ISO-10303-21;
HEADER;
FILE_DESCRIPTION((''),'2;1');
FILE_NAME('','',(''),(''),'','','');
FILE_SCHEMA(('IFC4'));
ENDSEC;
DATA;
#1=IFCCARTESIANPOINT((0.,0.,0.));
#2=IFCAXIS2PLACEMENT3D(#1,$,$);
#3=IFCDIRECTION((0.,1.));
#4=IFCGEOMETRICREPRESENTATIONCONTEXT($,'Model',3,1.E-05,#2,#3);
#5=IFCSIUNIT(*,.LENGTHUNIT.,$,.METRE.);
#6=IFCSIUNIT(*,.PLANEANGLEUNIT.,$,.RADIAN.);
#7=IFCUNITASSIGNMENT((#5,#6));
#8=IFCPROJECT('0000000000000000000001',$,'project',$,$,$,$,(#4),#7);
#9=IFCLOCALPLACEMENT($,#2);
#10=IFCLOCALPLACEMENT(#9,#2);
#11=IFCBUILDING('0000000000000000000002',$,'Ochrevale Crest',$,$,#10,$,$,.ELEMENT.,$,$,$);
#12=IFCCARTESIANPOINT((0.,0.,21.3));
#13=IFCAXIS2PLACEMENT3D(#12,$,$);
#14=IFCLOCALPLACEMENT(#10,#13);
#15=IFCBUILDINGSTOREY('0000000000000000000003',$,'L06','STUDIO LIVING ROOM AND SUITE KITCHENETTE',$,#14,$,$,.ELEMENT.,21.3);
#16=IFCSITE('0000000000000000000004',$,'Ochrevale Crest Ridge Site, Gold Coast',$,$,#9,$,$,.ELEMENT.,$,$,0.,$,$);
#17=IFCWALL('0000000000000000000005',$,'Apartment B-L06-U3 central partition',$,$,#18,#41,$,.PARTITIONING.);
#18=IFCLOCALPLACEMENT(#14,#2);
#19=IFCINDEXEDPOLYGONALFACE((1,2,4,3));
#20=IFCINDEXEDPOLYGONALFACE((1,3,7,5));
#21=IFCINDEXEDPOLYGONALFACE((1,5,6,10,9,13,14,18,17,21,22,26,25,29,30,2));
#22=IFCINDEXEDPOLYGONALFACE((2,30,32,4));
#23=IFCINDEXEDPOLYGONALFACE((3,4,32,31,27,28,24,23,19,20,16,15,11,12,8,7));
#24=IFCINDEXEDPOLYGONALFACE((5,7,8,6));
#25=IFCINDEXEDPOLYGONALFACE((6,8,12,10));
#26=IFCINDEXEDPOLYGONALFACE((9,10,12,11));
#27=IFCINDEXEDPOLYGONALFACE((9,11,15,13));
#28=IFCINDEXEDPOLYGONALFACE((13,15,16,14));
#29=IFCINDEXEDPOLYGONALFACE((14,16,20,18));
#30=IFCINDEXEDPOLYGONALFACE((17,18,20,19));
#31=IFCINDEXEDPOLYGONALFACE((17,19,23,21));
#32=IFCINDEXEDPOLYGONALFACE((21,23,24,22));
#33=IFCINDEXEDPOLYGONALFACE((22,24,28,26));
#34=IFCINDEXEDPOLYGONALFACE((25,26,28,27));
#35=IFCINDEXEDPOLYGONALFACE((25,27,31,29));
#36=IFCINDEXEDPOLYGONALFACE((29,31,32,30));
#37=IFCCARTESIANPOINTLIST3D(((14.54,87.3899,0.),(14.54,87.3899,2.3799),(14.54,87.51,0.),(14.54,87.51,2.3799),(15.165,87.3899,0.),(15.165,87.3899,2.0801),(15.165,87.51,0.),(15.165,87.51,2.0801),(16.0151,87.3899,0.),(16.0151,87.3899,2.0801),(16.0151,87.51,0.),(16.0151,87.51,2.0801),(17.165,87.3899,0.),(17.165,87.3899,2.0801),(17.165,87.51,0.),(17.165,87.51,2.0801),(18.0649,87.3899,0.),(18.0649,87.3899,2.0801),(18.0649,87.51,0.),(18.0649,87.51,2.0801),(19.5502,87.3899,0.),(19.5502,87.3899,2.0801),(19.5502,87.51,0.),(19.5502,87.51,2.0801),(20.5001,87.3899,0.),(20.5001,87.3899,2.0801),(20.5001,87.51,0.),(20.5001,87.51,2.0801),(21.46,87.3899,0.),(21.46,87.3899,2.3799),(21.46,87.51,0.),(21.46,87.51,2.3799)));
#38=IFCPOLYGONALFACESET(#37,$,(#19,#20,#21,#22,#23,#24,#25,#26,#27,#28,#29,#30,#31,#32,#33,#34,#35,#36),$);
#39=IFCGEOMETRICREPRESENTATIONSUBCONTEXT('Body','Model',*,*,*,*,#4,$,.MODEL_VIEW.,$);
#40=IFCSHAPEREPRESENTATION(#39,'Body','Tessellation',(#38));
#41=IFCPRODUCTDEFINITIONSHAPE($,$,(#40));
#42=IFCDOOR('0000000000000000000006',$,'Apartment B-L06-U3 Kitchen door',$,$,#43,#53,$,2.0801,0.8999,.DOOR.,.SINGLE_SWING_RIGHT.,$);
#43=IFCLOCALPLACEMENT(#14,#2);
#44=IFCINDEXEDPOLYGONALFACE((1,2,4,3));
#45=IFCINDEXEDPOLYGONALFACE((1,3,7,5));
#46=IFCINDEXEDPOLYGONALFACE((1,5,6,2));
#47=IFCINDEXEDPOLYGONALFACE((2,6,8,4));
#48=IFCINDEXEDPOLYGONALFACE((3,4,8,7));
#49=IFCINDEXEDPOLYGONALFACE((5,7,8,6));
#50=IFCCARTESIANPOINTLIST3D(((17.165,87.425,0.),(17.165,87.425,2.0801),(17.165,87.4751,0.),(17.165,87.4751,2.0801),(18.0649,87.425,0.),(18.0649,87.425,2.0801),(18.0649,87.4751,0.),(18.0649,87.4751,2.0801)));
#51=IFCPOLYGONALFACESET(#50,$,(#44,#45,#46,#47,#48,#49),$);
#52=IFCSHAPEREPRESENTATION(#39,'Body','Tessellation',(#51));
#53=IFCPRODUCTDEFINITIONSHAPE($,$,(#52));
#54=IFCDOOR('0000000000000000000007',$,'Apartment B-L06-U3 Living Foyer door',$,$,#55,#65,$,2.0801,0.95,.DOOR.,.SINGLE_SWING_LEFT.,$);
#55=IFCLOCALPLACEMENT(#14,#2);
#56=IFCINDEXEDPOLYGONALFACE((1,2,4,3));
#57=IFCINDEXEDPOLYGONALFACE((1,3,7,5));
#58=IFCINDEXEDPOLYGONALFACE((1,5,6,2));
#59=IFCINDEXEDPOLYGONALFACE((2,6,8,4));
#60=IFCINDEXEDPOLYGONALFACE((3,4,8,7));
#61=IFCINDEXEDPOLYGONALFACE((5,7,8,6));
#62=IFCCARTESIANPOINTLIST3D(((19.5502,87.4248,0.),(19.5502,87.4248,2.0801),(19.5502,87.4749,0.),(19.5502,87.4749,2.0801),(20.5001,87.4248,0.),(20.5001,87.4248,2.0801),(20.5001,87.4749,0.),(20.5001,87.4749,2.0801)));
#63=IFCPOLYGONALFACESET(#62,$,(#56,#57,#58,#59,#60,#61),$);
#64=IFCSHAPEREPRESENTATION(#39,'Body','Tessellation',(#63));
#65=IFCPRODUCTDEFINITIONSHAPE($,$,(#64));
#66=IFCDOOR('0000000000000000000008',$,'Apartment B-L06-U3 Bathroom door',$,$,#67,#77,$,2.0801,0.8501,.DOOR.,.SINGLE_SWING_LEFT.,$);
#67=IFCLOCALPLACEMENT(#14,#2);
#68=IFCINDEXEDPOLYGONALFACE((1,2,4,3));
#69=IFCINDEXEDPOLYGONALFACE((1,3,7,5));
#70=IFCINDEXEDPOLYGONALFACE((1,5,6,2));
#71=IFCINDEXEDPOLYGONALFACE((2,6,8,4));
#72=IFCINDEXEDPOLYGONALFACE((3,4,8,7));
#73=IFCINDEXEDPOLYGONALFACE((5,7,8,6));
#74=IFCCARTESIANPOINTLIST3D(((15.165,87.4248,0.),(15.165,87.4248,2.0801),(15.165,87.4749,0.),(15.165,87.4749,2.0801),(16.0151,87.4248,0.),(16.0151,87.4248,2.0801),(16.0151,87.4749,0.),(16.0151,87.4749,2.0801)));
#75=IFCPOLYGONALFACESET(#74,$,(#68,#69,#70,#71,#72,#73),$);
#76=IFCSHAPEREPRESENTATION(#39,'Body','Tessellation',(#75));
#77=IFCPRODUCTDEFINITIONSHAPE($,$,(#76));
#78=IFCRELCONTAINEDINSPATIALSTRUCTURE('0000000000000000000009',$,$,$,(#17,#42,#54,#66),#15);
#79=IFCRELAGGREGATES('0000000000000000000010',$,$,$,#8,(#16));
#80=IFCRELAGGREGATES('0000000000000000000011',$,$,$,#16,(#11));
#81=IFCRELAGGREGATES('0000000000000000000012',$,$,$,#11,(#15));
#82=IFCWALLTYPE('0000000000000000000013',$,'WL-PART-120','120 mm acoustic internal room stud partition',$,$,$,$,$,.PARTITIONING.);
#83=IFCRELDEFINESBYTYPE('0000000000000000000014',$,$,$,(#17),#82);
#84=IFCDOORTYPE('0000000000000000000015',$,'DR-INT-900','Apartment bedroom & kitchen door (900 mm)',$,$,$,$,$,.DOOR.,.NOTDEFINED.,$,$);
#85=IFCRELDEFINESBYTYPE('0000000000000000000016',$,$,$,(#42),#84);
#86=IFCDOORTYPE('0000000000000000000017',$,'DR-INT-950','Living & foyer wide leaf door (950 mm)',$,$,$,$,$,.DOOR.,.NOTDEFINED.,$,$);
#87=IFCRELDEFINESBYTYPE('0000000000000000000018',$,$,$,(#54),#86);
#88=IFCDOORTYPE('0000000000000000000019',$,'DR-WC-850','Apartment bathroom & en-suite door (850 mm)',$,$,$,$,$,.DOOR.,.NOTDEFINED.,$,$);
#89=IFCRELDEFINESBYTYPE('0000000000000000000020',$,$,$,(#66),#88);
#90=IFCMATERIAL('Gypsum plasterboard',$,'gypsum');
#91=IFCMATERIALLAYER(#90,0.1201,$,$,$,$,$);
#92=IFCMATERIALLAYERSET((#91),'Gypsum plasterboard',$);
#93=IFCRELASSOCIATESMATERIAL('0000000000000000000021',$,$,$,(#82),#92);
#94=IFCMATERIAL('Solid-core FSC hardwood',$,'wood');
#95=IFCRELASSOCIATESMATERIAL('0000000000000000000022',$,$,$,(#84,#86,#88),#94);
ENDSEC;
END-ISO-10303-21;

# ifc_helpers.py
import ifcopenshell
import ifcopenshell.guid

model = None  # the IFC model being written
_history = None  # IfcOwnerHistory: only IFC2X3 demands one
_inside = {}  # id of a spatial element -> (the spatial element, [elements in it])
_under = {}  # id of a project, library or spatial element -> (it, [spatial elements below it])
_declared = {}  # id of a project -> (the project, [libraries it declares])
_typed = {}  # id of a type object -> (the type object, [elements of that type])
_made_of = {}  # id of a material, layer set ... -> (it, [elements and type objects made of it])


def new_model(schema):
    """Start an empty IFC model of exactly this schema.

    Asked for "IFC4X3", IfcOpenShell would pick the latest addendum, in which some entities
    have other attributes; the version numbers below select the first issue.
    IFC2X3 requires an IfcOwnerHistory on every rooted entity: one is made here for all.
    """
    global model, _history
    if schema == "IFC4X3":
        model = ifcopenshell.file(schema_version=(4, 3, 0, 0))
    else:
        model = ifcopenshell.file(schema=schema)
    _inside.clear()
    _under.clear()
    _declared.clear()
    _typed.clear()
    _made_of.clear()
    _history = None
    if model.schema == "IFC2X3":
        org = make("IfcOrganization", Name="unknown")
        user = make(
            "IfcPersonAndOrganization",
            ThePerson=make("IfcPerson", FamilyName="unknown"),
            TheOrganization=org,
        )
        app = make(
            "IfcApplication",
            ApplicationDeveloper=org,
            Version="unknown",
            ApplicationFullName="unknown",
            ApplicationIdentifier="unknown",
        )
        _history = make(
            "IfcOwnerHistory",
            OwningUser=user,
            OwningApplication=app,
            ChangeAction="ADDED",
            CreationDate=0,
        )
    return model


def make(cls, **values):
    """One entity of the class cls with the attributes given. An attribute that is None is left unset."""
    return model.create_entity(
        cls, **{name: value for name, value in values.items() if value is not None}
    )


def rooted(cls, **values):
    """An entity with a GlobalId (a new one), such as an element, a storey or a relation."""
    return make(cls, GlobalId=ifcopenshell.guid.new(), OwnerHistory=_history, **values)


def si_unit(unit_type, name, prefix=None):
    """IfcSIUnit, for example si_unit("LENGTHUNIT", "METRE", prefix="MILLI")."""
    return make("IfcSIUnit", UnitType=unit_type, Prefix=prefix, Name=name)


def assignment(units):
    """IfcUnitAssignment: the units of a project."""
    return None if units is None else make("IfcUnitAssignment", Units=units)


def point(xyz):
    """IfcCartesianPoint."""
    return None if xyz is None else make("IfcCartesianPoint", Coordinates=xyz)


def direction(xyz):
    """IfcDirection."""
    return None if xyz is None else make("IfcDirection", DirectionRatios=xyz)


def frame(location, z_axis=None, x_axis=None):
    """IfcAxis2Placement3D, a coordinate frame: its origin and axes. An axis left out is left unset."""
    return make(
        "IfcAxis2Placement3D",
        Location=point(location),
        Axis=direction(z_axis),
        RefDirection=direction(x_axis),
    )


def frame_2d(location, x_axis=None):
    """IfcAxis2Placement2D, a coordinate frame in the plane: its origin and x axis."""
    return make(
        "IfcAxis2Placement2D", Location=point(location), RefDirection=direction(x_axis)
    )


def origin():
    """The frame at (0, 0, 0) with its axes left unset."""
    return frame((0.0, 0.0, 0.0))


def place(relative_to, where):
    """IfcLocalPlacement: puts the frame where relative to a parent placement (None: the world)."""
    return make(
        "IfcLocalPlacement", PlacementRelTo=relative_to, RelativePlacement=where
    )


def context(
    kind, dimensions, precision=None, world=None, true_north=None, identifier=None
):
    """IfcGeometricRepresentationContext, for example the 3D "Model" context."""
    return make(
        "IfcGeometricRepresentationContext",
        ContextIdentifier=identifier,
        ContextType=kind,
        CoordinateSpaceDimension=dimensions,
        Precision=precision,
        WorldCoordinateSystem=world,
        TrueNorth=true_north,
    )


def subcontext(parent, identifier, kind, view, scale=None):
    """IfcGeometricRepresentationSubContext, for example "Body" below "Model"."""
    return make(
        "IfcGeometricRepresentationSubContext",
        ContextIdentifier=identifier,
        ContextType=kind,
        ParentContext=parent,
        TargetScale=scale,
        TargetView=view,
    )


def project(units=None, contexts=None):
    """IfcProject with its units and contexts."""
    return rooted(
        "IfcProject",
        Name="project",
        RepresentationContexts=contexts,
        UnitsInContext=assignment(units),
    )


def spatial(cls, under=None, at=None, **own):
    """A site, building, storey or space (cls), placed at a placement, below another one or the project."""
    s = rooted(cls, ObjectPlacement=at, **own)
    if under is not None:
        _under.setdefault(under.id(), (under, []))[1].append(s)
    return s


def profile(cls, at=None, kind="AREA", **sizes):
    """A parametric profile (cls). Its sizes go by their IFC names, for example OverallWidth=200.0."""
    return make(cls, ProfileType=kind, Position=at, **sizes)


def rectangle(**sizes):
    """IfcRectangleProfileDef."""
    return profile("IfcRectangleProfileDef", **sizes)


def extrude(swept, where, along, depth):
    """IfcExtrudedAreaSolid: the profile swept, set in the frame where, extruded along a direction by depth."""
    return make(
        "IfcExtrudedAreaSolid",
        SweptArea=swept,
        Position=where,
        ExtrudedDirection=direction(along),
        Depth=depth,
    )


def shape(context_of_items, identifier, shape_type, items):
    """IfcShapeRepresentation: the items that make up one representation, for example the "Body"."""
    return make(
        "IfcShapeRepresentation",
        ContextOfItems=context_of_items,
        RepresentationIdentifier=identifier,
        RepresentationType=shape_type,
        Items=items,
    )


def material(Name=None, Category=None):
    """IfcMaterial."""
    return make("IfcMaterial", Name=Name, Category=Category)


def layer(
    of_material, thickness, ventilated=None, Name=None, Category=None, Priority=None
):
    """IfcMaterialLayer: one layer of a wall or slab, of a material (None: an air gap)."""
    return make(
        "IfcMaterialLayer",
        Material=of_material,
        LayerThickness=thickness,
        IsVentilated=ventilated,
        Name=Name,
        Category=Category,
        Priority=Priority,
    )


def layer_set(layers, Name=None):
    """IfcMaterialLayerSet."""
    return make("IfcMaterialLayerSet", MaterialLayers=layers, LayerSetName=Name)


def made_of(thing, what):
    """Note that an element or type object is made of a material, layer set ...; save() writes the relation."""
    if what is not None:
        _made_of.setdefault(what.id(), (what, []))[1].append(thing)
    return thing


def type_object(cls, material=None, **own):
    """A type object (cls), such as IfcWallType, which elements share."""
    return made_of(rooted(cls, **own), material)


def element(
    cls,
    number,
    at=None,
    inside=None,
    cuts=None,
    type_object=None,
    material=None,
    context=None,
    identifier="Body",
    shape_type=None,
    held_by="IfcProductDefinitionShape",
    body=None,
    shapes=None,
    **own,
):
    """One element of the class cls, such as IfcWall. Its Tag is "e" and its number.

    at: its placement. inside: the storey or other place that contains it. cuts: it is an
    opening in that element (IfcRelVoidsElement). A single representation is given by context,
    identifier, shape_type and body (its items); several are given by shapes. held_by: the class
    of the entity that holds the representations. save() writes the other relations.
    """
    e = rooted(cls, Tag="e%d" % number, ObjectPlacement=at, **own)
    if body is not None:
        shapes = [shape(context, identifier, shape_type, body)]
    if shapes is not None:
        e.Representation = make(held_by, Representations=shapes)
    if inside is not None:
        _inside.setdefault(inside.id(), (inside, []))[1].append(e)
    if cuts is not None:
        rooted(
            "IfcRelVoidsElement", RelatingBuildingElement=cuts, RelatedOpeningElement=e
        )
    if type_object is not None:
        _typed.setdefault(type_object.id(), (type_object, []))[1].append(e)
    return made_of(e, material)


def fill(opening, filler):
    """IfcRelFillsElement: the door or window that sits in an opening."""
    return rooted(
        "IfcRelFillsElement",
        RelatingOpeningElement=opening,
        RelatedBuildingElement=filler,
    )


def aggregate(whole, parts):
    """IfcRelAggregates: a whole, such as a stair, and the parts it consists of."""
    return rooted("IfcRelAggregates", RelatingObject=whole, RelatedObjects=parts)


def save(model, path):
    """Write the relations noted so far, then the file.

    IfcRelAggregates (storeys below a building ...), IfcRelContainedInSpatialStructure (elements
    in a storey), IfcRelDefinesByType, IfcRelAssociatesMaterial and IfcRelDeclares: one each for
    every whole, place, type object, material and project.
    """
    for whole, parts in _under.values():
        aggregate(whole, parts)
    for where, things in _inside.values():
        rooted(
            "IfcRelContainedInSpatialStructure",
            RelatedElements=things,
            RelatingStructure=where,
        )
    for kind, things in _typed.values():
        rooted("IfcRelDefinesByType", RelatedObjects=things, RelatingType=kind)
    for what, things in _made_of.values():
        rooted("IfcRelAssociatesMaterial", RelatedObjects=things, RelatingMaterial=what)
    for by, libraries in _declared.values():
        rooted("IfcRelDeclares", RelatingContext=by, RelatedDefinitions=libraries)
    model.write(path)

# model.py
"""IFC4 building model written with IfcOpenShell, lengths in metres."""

from ifc_helpers import new_model, si_unit, direction, frame, frame_2d, origin, place, context, subcontext, project, spatial, rectangle, extrude, material, layer, layer_set, type_object, element, fill, save


model = new_model("IFC4")

# Units and contexts
model_context = context("Model", 3, precision=1e-05, world=origin(), true_north=direction((0.0, 1.0)))
body_context = subcontext(model_context, "Body", "Model", "MODEL_VIEW")
ifc_project = project(units=[si_unit("LENGTHUNIT", "METRE"), si_unit("PLANEANGLEUNIT", "RADIAN")], contexts=[model_context])

# Site, building, storey
site_placement = place(None, origin())
site = spatial("IfcSite", under=ifc_project, at=site_placement, Name="Ochrevale Crest Ridge Site, Gold Coast", CompositionType="ELEMENT", RefElevation=0.0)
building_placement = place(site_placement, origin())
building = spatial("IfcBuilding", under=site, at=building_placement, Name="Ochrevale Crest", CompositionType="ELEMENT")
storey_placement = place(building_placement, frame((0.0, 0.0, 21.3)))
storey = spatial("IfcBuildingStorey", under=building, at=storey_placement, Name="L06", Description="STUDIO LIVING ROOM AND SUITE KITCHENETTE", CompositionType="ELEMENT", Elevation=21.3)

# Shared definitions
ifc_material_1 = material(Name="Gypsum plasterboard", Category="gypsum")
ifc_layer_1 = layer(ifc_material_1, 0.1201)
ifc_layer_set_1 = layer_set([ifc_layer_1], Name="Gypsum plasterboard")
wall_type_1 = type_object("IfcWallType", Name="WL-PART-120", Description="120 mm acoustic internal room stud partition", PredefinedType="PARTITIONING", material=ifc_layer_set_1)
ifc_material_2 = material(Name="Solid-core FSC hardwood", Category="wood")
door_type_1 = type_object("IfcDoorType", Name="DR-INT-900", Description="Apartment bedroom & kitchen door (900 mm)", OperationType="NOTDEFINED", PredefinedType="DOOR", material=ifc_material_2)
door_type_2 = type_object("IfcDoorType", Name="DR-INT-950", Description="Living & foyer wide leaf door (950 mm)", OperationType="NOTDEFINED", PredefinedType="DOOR", material=ifc_material_2)
door_type_3 = type_object("IfcDoorType", Name="DR-WC-850", Description="Apartment bathroom & en-suite door (850 mm)", OperationType="NOTDEFINED", PredefinedType="DOOR", material=ifc_material_2)

# Wall, openings, doors
wall_1_placement = place(storey_placement, frame((14.54, 87.45, 0.0), z_axis=(0.0, 0.0, 1.0), x_axis=(1.0, 0.0, 0.0)))
wall_1 = element("IfcWall", 1, at=wall_1_placement, inside=storey, type_object=wall_type_1, Name="Apartment B-L06-U3 central partition", PredefinedType="PARTITIONING", context=body_context, shape_type="SweptSolid", body=[
    extrude(rectangle(XDim=6.9199, YDim=0.1201, at=frame_2d((3.46, 0.0))), origin(), (0.0, 0.0, 1.0), 2.3799),
])
opening_1_placement = place(wall_1_placement, frame((0.625, 0.0, 0.0)))
opening_1 = element("IfcOpeningElement", 2, at=opening_1_placement, cuts=wall_1, PredefinedType="OPENING", context=body_context, shape_type="SweptSolid", body=[
    extrude(rectangle(XDim=0.8501, YDim=2.0801, at=frame_2d((0.425, 1.04))), frame((0.0, 0.0701, 0.0), z_axis=(0.0, -1.0, 0.0), x_axis=(1.0, 0.0, 0.0)), (0.0, 0.0, 1.0), 0.1401),
])
opening_2_placement = place(wall_1_placement, frame((3.5249, 0.0, 0.0), z_axis=(0.0, 0.0, 1.0), x_axis=(-1.0, 0.0, 0.0)))
opening_2 = element("IfcOpeningElement", 3, at=opening_2_placement, cuts=wall_1, PredefinedType="OPENING", context=body_context, shape_type="SweptSolid", body=[
    extrude(rectangle(XDim=0.8999, YDim=2.0801, at=frame_2d((0.45, 1.04))), frame((0.0, 0.0701, 0.0), z_axis=(0.0, -1.0, 0.0), x_axis=(1.0, 0.0, 0.0)), (0.0, 0.0, 1.0), 0.1401),
])
opening_3_placement = place(wall_1_placement, frame((5.01, 0.0, 0.0)))
opening_3 = element("IfcOpeningElement", 4, at=opening_3_placement, cuts=wall_1, PredefinedType="OPENING", context=body_context, shape_type="SweptSolid", body=[
    extrude(rectangle(XDim=0.95, YDim=2.0801, at=frame_2d((0.4751, 1.04))), frame((0.0, 0.0701, 0.0), z_axis=(0.0, -1.0, 0.0), x_axis=(1.0, 0.0, 0.0)), (0.0, 0.0, 1.0), 0.1401),
])
door_1_placement = place(opening_2_placement, origin())
door_1 = element("IfcDoor", 5, at=door_1_placement, inside=storey, type_object=door_type_1, Name="Apartment B-L06-U3 Kitchen door", OperationType="SINGLE_SWING_RIGHT", OverallHeight=2.0801, OverallWidth=0.8999, PredefinedType="DOOR", context=body_context, shape_type="SweptSolid", body=[
    extrude(rectangle(XDim=0.8999, YDim=2.0801, at=frame_2d((0.45, 1.04))), frame((0.0, 0.0249, 0.0), z_axis=(0.0, -1.0, 0.0), x_axis=(1.0, 0.0, 0.0)), (0.0, 0.0, 1.0), 0.05),
])
fill(opening_2, door_1)
door_2_placement = place(opening_3_placement, origin())
door_2 = element("IfcDoor", 6, at=door_2_placement, inside=storey, type_object=door_type_2, Name="Apartment B-L06-U3 Living Foyer door", OperationType="SINGLE_SWING_LEFT", OverallHeight=2.0801, OverallWidth=0.95, PredefinedType="DOOR", context=body_context, shape_type="SweptSolid", body=[
    extrude(rectangle(XDim=0.95, YDim=2.0801, at=frame_2d((0.4751, 1.04))), frame((0.0, 0.0249, 0.0), z_axis=(0.0, -1.0, 0.0), x_axis=(1.0, 0.0, 0.0)), (0.0, 0.0, 1.0), 0.05),
])
fill(opening_3, door_2)
door_3_placement = place(opening_1_placement, origin())
door_3 = element("IfcDoor", 7, at=door_3_placement, inside=storey, type_object=door_type_3, Name="Apartment B-L06-U3 Bathroom door", OperationType="SINGLE_SWING_LEFT", OverallHeight=2.0801, OverallWidth=0.8501, PredefinedType="DOOR", context=body_context, shape_type="SweptSolid", body=[
    extrude(rectangle(XDim=0.8501, YDim=2.0801, at=frame_2d((0.425, 1.04))), frame((0.0, 0.0249, 0.0), z_axis=(0.0, -1.0, 0.0), x_axis=(1.0, 0.0, 0.0)), (0.0, 0.0, 1.0), 0.05),
])
fill(opening_1, door_3)

save(model, "model.ifc")
